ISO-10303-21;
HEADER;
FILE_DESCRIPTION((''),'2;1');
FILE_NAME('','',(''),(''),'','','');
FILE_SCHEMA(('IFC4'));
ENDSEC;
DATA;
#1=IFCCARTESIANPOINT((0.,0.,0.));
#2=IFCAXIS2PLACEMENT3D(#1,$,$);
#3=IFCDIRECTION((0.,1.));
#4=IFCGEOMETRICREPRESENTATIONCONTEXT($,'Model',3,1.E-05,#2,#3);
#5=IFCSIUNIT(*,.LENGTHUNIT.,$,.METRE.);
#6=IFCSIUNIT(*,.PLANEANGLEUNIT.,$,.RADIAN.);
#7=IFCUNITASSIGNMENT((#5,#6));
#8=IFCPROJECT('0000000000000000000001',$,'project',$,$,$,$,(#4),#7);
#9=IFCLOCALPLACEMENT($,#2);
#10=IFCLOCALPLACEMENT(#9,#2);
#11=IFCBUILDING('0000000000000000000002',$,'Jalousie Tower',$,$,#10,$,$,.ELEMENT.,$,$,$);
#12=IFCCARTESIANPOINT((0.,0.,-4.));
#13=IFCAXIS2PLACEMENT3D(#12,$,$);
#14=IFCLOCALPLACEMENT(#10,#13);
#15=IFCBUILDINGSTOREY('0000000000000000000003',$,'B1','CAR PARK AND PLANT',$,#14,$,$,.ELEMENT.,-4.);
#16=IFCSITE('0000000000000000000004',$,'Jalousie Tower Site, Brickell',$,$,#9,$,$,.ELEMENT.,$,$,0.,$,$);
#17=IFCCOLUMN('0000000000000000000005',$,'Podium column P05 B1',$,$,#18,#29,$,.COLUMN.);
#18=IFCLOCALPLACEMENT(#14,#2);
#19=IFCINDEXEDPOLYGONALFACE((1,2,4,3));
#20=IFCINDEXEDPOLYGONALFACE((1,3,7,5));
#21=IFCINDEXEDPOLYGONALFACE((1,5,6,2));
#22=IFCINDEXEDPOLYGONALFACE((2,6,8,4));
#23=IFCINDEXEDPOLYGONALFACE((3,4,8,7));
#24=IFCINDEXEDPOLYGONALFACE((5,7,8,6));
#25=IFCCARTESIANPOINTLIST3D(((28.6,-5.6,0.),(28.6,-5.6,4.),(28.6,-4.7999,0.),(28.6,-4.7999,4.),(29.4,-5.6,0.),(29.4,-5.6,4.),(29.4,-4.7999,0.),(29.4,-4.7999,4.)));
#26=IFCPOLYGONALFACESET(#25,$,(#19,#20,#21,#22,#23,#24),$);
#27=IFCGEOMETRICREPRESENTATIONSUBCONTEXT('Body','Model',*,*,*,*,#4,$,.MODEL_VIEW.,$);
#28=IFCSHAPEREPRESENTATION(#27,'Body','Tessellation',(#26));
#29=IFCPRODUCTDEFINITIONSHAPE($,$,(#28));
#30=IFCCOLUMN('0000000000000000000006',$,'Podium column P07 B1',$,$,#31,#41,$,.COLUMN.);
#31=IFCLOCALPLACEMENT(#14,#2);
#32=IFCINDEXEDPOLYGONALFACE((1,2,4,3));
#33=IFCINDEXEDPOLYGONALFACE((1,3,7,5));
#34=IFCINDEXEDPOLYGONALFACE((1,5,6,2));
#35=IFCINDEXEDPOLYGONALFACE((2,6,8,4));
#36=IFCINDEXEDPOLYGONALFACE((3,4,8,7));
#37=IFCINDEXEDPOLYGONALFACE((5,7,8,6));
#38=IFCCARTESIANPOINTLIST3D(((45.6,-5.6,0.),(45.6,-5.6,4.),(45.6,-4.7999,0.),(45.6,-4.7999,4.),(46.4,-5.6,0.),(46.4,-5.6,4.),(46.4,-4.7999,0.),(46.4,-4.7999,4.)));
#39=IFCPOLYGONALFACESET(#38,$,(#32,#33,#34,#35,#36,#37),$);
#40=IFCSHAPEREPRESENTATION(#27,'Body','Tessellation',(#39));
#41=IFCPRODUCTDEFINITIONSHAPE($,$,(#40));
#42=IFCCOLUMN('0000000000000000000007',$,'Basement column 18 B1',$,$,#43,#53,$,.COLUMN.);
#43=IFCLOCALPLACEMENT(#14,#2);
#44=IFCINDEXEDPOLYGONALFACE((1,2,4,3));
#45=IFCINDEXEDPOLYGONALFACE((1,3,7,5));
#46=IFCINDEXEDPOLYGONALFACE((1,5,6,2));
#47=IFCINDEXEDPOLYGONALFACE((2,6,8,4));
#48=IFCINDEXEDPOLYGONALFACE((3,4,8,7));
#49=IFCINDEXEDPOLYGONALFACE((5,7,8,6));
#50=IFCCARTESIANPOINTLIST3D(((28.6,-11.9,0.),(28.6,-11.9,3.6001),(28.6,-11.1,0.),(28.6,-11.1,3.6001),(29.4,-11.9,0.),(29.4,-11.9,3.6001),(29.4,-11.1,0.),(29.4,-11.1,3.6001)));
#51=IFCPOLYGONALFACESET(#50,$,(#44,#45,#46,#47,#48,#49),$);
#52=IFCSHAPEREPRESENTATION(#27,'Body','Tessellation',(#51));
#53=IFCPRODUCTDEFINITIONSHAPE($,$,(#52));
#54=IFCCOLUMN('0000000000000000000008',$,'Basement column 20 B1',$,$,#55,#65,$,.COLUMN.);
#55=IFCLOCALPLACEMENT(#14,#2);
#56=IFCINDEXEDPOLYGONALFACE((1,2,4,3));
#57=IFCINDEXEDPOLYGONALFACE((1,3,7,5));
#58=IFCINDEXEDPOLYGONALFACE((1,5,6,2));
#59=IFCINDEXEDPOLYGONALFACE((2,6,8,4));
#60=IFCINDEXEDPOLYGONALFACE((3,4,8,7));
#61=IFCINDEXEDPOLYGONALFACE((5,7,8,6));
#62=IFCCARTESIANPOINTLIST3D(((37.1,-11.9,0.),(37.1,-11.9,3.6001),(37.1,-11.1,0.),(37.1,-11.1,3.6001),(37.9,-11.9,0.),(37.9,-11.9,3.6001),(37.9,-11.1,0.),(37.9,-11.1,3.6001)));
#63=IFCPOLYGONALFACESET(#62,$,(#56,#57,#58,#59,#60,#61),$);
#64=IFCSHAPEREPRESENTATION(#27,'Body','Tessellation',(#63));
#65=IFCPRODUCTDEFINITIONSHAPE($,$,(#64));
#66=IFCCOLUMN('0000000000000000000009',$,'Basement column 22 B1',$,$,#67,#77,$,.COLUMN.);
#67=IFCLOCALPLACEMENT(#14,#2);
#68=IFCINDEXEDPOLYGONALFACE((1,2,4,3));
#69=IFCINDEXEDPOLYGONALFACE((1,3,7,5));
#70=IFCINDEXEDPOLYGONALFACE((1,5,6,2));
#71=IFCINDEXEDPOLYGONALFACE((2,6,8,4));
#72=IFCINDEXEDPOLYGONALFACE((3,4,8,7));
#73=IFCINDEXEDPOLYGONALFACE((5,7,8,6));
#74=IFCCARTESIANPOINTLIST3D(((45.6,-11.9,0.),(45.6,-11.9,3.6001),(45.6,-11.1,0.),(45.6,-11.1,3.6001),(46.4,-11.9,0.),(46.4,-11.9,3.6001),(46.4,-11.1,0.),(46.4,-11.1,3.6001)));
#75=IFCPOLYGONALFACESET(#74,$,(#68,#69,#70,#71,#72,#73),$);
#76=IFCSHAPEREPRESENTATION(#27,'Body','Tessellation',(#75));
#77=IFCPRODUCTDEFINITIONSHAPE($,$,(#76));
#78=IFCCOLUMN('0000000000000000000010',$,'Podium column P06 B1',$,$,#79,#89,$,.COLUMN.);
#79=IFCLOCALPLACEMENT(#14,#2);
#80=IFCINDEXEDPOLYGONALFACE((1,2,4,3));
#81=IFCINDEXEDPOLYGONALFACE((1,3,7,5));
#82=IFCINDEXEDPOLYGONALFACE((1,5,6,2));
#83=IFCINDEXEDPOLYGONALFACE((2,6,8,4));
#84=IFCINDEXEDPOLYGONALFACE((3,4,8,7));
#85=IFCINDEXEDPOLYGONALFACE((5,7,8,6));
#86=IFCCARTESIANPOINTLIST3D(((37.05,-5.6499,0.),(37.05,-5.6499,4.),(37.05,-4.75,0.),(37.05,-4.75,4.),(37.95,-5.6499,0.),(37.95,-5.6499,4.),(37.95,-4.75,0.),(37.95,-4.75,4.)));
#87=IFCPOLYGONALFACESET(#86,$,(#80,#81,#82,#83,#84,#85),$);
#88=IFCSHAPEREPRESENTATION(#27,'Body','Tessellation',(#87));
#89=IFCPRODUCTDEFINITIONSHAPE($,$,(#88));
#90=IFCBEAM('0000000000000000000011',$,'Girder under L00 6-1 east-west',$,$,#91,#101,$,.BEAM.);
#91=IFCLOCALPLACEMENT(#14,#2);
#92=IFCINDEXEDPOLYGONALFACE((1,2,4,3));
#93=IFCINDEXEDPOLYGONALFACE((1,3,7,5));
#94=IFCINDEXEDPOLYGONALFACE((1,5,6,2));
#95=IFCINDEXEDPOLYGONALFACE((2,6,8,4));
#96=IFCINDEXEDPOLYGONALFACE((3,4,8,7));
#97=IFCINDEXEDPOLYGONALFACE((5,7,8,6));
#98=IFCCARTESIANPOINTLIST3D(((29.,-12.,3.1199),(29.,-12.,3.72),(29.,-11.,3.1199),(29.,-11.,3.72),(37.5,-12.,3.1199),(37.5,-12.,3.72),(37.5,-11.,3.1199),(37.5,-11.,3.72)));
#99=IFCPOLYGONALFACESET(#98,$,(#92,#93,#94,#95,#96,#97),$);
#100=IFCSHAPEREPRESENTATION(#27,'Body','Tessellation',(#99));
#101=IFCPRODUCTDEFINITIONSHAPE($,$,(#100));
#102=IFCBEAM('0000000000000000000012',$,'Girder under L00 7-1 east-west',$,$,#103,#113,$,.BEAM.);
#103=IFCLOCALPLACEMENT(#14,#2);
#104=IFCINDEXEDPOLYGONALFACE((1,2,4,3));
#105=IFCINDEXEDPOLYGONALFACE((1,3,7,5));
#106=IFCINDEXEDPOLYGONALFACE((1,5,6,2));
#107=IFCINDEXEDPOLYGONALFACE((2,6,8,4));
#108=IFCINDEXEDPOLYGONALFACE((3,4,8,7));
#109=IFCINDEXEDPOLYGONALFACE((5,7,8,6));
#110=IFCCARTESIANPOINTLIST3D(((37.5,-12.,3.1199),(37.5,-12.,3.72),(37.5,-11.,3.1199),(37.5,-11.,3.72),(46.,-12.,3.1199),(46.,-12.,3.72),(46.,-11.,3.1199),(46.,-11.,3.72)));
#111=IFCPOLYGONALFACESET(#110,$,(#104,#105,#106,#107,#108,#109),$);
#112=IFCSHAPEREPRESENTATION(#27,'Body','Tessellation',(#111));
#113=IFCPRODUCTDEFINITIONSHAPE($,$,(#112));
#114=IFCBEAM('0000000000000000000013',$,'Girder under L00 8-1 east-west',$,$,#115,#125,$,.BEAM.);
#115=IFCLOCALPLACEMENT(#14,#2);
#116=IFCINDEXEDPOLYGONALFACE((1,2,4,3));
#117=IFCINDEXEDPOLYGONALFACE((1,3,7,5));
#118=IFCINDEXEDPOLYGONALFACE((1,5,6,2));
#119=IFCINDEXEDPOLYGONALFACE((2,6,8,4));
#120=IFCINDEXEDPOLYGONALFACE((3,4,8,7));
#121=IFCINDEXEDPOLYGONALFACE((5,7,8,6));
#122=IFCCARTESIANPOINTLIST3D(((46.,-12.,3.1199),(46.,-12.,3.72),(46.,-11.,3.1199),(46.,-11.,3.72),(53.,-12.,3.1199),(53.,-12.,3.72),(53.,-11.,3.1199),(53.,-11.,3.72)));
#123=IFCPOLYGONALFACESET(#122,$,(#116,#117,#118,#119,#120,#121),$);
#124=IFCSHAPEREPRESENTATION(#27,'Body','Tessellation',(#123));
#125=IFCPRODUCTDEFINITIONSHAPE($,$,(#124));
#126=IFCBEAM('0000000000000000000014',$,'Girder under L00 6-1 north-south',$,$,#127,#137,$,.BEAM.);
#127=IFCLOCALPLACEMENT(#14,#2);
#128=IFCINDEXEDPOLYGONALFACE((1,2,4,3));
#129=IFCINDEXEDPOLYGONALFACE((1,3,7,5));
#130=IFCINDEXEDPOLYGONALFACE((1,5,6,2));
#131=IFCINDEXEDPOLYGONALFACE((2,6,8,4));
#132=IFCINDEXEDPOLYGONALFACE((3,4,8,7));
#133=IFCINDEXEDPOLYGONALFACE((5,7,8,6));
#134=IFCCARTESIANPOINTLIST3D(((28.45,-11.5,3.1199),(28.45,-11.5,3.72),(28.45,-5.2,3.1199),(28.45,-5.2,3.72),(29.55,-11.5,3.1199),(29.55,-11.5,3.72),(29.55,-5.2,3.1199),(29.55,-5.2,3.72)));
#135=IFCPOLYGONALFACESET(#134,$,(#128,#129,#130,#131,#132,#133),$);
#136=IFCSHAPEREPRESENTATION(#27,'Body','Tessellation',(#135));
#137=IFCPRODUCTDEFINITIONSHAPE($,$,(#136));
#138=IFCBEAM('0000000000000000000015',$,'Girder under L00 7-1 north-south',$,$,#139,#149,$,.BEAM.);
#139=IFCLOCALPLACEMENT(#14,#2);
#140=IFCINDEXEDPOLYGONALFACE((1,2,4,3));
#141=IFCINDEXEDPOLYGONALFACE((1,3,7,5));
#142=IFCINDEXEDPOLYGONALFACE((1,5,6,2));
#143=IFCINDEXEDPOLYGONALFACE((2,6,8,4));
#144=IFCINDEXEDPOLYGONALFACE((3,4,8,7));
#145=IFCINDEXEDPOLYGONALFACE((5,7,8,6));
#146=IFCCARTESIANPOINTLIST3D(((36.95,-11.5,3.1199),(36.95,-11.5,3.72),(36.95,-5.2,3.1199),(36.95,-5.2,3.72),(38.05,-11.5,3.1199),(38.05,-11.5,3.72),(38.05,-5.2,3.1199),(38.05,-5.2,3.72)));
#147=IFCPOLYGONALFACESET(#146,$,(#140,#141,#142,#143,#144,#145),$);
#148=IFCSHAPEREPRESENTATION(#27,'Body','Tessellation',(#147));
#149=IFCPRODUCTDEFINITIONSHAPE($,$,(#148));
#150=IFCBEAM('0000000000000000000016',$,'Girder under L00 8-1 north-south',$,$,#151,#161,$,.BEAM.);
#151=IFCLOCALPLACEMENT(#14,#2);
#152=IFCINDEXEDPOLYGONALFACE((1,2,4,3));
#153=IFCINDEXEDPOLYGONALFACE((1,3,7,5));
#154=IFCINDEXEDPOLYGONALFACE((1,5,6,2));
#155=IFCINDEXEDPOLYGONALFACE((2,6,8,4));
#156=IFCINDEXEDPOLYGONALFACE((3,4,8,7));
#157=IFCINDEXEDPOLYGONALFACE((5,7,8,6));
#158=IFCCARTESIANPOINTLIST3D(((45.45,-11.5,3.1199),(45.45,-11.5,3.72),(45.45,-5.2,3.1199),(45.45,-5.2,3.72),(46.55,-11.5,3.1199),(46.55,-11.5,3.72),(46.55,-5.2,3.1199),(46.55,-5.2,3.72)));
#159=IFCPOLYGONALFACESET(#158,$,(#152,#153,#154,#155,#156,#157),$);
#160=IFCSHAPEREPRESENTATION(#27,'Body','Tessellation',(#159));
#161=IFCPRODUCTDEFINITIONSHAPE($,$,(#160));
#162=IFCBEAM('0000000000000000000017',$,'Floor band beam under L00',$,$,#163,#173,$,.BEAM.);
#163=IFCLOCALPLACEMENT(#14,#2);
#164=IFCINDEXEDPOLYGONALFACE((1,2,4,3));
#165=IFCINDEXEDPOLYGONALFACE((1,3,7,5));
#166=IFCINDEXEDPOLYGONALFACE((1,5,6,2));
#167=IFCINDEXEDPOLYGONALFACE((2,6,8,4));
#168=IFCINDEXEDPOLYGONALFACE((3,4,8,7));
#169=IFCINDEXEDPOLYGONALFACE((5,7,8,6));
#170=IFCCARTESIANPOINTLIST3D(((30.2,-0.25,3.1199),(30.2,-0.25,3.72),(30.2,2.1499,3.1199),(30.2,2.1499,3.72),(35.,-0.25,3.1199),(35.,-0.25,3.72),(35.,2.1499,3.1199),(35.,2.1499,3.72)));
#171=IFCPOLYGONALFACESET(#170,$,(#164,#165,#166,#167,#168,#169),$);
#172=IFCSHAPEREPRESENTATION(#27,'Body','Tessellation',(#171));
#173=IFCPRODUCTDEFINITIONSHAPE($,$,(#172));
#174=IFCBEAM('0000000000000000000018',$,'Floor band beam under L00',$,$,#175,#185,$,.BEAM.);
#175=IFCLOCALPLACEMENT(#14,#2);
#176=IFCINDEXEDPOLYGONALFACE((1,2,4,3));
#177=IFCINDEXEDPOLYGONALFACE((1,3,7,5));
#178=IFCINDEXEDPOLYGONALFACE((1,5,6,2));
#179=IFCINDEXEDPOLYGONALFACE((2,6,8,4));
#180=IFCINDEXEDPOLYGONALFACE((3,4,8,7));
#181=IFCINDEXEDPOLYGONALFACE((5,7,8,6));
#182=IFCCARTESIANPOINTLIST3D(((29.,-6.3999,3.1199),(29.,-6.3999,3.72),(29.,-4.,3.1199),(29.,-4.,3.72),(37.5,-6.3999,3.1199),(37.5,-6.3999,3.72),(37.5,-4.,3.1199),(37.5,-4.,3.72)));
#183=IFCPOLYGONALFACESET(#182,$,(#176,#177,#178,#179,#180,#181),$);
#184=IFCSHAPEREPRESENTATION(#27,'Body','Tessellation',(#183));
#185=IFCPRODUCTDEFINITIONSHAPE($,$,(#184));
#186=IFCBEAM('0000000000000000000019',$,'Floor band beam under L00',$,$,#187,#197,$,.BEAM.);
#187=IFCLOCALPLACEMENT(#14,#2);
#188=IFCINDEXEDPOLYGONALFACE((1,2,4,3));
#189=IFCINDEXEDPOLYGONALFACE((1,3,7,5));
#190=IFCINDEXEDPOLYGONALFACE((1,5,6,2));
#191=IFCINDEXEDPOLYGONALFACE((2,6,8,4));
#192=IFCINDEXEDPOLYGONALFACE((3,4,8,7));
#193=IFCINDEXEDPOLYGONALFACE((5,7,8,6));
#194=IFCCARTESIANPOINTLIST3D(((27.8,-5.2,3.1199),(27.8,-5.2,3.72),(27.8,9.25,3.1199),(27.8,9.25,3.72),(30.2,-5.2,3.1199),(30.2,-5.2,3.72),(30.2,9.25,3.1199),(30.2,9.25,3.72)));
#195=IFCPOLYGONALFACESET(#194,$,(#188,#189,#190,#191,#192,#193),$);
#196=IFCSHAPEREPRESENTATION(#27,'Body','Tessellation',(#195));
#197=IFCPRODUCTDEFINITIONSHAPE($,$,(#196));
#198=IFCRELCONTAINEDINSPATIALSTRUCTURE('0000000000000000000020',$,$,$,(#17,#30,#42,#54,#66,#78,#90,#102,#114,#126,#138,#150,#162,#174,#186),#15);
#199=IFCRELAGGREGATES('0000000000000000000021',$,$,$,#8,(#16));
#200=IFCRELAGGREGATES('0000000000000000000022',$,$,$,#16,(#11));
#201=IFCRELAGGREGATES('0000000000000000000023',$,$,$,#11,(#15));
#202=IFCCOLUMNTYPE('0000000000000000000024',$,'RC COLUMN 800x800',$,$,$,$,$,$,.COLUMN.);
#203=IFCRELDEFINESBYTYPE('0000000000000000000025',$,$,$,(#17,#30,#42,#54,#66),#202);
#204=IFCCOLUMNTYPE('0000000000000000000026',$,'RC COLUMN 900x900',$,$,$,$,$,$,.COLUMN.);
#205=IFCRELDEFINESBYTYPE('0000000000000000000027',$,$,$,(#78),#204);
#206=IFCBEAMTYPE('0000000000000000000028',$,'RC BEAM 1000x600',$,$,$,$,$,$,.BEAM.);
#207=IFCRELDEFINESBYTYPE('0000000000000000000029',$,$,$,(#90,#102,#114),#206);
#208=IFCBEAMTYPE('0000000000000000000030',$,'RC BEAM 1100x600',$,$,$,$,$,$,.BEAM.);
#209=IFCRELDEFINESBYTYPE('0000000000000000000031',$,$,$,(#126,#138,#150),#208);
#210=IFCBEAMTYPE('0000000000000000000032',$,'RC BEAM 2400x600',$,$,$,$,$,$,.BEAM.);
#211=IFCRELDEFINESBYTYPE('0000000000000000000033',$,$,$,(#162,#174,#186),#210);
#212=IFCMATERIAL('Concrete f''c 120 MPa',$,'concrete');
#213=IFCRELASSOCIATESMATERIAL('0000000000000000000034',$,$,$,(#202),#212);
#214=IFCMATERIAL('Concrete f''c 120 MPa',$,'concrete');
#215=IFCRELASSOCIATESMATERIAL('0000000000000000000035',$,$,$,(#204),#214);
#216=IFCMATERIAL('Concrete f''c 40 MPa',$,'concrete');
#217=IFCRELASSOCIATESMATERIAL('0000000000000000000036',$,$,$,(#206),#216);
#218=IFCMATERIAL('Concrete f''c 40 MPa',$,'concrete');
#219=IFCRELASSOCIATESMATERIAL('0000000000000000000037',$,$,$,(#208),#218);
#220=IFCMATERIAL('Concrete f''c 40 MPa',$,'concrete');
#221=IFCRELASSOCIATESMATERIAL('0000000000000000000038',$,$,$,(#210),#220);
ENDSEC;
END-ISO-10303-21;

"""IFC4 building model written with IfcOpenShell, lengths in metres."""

from ifc_helpers import new_model, si_unit, direction, frame, origin, origin_2d, place, context, subcontext, project, spatial, rectangle, extrude, material, material_profile, profile_set, type_object, element, save


model = new_model("IFC4")

# Units and contexts
model_context = context("Model", 3, precision=1e-05, world=origin(), true_north=direction((0.0, 1.0)))
body_context = subcontext(model_context, "Body", "Model", "MODEL_VIEW")
ifc_project = project(units=[si_unit("LENGTHUNIT", "METRE"), si_unit("PLANEANGLEUNIT", "RADIAN")], contexts=[model_context])

# Site, building, storey
site_placement = place(None, origin())
site = spatial("IfcSite", under=ifc_project, at=site_placement, Name="Jalousie Tower Site, Brickell", CompositionType="ELEMENT", RefElevation=0.0)
building_placement = place(site_placement, origin())
building = spatial("IfcBuilding", under=site, at=building_placement, Name="Jalousie Tower", CompositionType="ELEMENT")
storey_placement = place(building_placement, frame((0.0, 0.0, -4.0)))
storey = spatial("IfcBuildingStorey", under=building, at=storey_placement, Name="B1", Description="CAR PARK AND PLANT", CompositionType="ELEMENT", Elevation=-4.0)

# Columns
ifc_material_1 = material(Name="Concrete f'c 120 MPa", Category="concrete")
ifc_material_profile_1 = material_profile(ifc_material_1, rectangle(XDim=0.8, YDim=0.8, at=origin_2d()), Name="RC 800x800")
ifc_profile_set_1 = profile_set([ifc_material_profile_1], Name="Concrete f'c 120 MPa")
column_type_1 = type_object("IfcColumnType", Name="RC COLUMN 800x800", PredefinedType="COLUMN", material=ifc_profile_set_1)
for number, where, z_axis, x_axis, name in (
    (1, (29.0, -5.2, 0.0), (0.0, 0.0, 1.0), (1.0, 0.0, 0.0), "Podium column P05 B1"),
    (2, (46.0, -5.2, 0.0), (0.0, 0.0, 1.0), (1.0, 0.0, 0.0), "Podium column P07 B1"),
):
    element("IfcColumn", number, at=place(storey_placement, frame(where, z_axis=z_axis, x_axis=x_axis)), inside=storey, type_object=column_type_1, Name=name, PredefinedType="COLUMN", context=body_context, shape_type="SweptSolid", body=[
        extrude(rectangle(XDim=0.8, YDim=0.8, at=origin_2d()), origin(), (0.0, 0.0, 1.0), 4.0),
    ])
for number, where, z_axis, x_axis, name in (
    (3, (29.0, -11.5, 0.0), (0.0, 0.0, 1.0), (1.0, 0.0, 0.0), "Basement column 18 B1"),
    (4, (37.5, -11.5, 0.0), (0.0, 0.0, 1.0), (1.0, 0.0, 0.0), "Basement column 20 B1"),
    (5, (46.0, -11.5, 0.0), (0.0, 0.0, 1.0), (1.0, 0.0, 0.0), "Basement column 22 B1"),
):
    element("IfcColumn", number, at=place(storey_placement, frame(where, z_axis=z_axis, x_axis=x_axis)), inside=storey, type_object=column_type_1, Name=name, PredefinedType="COLUMN", context=body_context, shape_type="SweptSolid", body=[
        extrude(rectangle(XDim=0.8, YDim=0.8, at=origin_2d()), origin(), (0.0, 0.0, 1.0), 3.6001),
    ])
ifc_material_2 = material(Name="Concrete f'c 120 MPa", Category="concrete")
ifc_material_profile_2 = material_profile(ifc_material_2, rectangle(XDim=0.8999, YDim=0.8999, at=origin_2d()), Name="RC 900x900")
ifc_profile_set_2 = profile_set([ifc_material_profile_2], Name="Concrete f'c 120 MPa")
column_type_2 = type_object("IfcColumnType", Name="RC COLUMN 900x900", PredefinedType="COLUMN", material=ifc_profile_set_2)
column_placement = place(storey_placement, frame((37.5, -5.2, 0.0), z_axis=(0.0, 0.0, 1.0), x_axis=(1.0, 0.0, 0.0)))
element("IfcColumn", 6, at=column_placement, inside=storey, type_object=column_type_2, Name="Podium column P06 B1", PredefinedType="COLUMN", context=body_context, shape_type="SweptSolid", body=[
    extrude(rectangle(XDim=0.8999, YDim=0.8999, at=origin_2d()), origin(), (0.0, 0.0, 1.0), 4.0),
])

# Beams
ifc_material_3 = material(Name="Concrete f'c 40 MPa", Category="concrete")
ifc_material_profile_3 = material_profile(ifc_material_3, rectangle(XDim=1.0, YDim=0.6001, at=origin_2d()), Name="RC 1000x600")
ifc_profile_set_3 = profile_set([ifc_material_profile_3], Name="Concrete f'c 40 MPa")
beam_type_1 = type_object("IfcBeamType", Name="RC BEAM 1000x600", PredefinedType="BEAM", material=ifc_profile_set_3)
for number, where, z_axis, x_axis, name in (
    (7, (29.0, -11.5, 3.4199), (1.0, 0.0, 0.0), (0.0, 1.0, 0.0), "Girder under L00 6-1 east-west"),
    (8, (37.5, -11.5, 3.4199), (1.0, 0.0, 0.0), (0.0, 1.0, 0.0), "Girder under L00 7-1 east-west"),
):
    element("IfcBeam", number, at=place(storey_placement, frame(where, z_axis=z_axis, x_axis=x_axis)), inside=storey, type_object=beam_type_1, Name=name, PredefinedType="BEAM", context=body_context, shape_type="SweptSolid", body=[
        extrude(rectangle(XDim=1.0, YDim=0.6001, at=origin_2d()), origin(), (0.0, 0.0, 1.0), 8.5),
    ])
beam_1_placement = place(storey_placement, frame((46.0, -11.5, 3.4199), z_axis=(1.0, 0.0, 0.0), x_axis=(0.0, 1.0, 0.0)))
element("IfcBeam", 9, at=beam_1_placement, inside=storey, type_object=beam_type_1, Name="Girder under L00 8-1 east-west", PredefinedType="BEAM", context=body_context, shape_type="SweptSolid", body=[
    extrude(rectangle(XDim=1.0, YDim=0.6001, at=origin_2d()), origin(), (0.0, 0.0, 1.0), 7.0),
])
ifc_material_4 = material(Name="Concrete f'c 40 MPa", Category="concrete")
ifc_material_profile_4 = material_profile(ifc_material_4, rectangle(XDim=1.1001, YDim=0.6001, at=origin_2d()), Name="RC 1100x600")
ifc_profile_set_4 = profile_set([ifc_material_profile_4], Name="Concrete f'c 40 MPa")
beam_type_2 = type_object("IfcBeamType", Name="RC BEAM 1100x600", PredefinedType="BEAM", material=ifc_profile_set_4)
for number, where, z_axis, x_axis, name in (
    (10, (29.0, -11.5, 3.4199), (0.0, 1.0, 0.0), (-1.0, 0.0, 0.0), "Girder under L00 6-1 north-south"),
    (11, (37.5, -11.5, 3.4199), (0.0, 1.0, 0.0), (-1.0, 0.0, 0.0), "Girder under L00 7-1 north-south"),
    (12, (46.0, -11.5, 3.4199), (0.0, 1.0, 0.0), (-1.0, 0.0, 0.0), "Girder under L00 8-1 north-south"),
):
    element("IfcBeam", number, at=place(storey_placement, frame(where, z_axis=z_axis, x_axis=x_axis)), inside=storey, type_object=beam_type_2, Name=name, PredefinedType="BEAM", context=body_context, shape_type="SweptSolid", body=[
        extrude(rectangle(XDim=1.1001, YDim=0.6001, at=origin_2d()), origin(), (0.0, 0.0, 1.0), 6.3),
    ])
ifc_material_5 = material(Name="Concrete f'c 40 MPa", Category="concrete")
ifc_material_profile_5 = material_profile(ifc_material_5, rectangle(XDim=2.3999, YDim=0.6001, at=origin_2d()), Name="RC 2400x600")
ifc_profile_set_5 = profile_set([ifc_material_profile_5], Name="Concrete f'c 40 MPa")
beam_type_3 = type_object("IfcBeamType", Name="RC BEAM 2400x600", PredefinedType="BEAM", material=ifc_profile_set_5)
beam_2_placement = place(storey_placement, frame((30.2, 0.95, 3.4199), z_axis=(1.0, 0.0, 0.0), x_axis=(0.0, 1.0, 0.0)))
element("IfcBeam", 13, at=beam_2_placement, inside=storey, type_object=beam_type_3, Name="Floor band beam under L00", PredefinedType="BEAM", context=body_context, shape_type="SweptSolid", body=[
    extrude(rectangle(XDim=2.3999, YDim=0.6001, at=origin_2d()), origin(), (0.0, 0.0, 1.0), 4.8),
])
beam_3_placement = place(storey_placement, frame((29.0, -5.2, 3.4199), z_axis=(1.0, 0.0, 0.0), x_axis=(0.0, 1.0, 0.0)))
element("IfcBeam", 14, at=beam_3_placement, inside=storey, type_object=beam_type_3, Name="Floor band beam under L00", PredefinedType="BEAM", context=body_context, shape_type="SweptSolid", body=[
    extrude(rectangle(XDim=2.3999, YDim=0.6001, at=origin_2d()), origin(), (0.0, 0.0, 1.0), 8.5),
])
beam_4_placement = place(storey_placement, frame((29.0, -5.2, 3.4199), z_axis=(0.0, 1.0, 0.0), x_axis=(-1.0, 0.0, 0.0)))
element("IfcBeam", 15, at=beam_4_placement, inside=storey, type_object=beam_type_3, Name="Floor band beam under L00", PredefinedType="BEAM", context=body_context, shape_type="SweptSolid", body=[
    extrude(rectangle(XDim=2.3999, YDim=0.6001, at=origin_2d()), origin(), (0.0, 0.0, 1.0), 14.45),
])

save(model, "model.ifc")
